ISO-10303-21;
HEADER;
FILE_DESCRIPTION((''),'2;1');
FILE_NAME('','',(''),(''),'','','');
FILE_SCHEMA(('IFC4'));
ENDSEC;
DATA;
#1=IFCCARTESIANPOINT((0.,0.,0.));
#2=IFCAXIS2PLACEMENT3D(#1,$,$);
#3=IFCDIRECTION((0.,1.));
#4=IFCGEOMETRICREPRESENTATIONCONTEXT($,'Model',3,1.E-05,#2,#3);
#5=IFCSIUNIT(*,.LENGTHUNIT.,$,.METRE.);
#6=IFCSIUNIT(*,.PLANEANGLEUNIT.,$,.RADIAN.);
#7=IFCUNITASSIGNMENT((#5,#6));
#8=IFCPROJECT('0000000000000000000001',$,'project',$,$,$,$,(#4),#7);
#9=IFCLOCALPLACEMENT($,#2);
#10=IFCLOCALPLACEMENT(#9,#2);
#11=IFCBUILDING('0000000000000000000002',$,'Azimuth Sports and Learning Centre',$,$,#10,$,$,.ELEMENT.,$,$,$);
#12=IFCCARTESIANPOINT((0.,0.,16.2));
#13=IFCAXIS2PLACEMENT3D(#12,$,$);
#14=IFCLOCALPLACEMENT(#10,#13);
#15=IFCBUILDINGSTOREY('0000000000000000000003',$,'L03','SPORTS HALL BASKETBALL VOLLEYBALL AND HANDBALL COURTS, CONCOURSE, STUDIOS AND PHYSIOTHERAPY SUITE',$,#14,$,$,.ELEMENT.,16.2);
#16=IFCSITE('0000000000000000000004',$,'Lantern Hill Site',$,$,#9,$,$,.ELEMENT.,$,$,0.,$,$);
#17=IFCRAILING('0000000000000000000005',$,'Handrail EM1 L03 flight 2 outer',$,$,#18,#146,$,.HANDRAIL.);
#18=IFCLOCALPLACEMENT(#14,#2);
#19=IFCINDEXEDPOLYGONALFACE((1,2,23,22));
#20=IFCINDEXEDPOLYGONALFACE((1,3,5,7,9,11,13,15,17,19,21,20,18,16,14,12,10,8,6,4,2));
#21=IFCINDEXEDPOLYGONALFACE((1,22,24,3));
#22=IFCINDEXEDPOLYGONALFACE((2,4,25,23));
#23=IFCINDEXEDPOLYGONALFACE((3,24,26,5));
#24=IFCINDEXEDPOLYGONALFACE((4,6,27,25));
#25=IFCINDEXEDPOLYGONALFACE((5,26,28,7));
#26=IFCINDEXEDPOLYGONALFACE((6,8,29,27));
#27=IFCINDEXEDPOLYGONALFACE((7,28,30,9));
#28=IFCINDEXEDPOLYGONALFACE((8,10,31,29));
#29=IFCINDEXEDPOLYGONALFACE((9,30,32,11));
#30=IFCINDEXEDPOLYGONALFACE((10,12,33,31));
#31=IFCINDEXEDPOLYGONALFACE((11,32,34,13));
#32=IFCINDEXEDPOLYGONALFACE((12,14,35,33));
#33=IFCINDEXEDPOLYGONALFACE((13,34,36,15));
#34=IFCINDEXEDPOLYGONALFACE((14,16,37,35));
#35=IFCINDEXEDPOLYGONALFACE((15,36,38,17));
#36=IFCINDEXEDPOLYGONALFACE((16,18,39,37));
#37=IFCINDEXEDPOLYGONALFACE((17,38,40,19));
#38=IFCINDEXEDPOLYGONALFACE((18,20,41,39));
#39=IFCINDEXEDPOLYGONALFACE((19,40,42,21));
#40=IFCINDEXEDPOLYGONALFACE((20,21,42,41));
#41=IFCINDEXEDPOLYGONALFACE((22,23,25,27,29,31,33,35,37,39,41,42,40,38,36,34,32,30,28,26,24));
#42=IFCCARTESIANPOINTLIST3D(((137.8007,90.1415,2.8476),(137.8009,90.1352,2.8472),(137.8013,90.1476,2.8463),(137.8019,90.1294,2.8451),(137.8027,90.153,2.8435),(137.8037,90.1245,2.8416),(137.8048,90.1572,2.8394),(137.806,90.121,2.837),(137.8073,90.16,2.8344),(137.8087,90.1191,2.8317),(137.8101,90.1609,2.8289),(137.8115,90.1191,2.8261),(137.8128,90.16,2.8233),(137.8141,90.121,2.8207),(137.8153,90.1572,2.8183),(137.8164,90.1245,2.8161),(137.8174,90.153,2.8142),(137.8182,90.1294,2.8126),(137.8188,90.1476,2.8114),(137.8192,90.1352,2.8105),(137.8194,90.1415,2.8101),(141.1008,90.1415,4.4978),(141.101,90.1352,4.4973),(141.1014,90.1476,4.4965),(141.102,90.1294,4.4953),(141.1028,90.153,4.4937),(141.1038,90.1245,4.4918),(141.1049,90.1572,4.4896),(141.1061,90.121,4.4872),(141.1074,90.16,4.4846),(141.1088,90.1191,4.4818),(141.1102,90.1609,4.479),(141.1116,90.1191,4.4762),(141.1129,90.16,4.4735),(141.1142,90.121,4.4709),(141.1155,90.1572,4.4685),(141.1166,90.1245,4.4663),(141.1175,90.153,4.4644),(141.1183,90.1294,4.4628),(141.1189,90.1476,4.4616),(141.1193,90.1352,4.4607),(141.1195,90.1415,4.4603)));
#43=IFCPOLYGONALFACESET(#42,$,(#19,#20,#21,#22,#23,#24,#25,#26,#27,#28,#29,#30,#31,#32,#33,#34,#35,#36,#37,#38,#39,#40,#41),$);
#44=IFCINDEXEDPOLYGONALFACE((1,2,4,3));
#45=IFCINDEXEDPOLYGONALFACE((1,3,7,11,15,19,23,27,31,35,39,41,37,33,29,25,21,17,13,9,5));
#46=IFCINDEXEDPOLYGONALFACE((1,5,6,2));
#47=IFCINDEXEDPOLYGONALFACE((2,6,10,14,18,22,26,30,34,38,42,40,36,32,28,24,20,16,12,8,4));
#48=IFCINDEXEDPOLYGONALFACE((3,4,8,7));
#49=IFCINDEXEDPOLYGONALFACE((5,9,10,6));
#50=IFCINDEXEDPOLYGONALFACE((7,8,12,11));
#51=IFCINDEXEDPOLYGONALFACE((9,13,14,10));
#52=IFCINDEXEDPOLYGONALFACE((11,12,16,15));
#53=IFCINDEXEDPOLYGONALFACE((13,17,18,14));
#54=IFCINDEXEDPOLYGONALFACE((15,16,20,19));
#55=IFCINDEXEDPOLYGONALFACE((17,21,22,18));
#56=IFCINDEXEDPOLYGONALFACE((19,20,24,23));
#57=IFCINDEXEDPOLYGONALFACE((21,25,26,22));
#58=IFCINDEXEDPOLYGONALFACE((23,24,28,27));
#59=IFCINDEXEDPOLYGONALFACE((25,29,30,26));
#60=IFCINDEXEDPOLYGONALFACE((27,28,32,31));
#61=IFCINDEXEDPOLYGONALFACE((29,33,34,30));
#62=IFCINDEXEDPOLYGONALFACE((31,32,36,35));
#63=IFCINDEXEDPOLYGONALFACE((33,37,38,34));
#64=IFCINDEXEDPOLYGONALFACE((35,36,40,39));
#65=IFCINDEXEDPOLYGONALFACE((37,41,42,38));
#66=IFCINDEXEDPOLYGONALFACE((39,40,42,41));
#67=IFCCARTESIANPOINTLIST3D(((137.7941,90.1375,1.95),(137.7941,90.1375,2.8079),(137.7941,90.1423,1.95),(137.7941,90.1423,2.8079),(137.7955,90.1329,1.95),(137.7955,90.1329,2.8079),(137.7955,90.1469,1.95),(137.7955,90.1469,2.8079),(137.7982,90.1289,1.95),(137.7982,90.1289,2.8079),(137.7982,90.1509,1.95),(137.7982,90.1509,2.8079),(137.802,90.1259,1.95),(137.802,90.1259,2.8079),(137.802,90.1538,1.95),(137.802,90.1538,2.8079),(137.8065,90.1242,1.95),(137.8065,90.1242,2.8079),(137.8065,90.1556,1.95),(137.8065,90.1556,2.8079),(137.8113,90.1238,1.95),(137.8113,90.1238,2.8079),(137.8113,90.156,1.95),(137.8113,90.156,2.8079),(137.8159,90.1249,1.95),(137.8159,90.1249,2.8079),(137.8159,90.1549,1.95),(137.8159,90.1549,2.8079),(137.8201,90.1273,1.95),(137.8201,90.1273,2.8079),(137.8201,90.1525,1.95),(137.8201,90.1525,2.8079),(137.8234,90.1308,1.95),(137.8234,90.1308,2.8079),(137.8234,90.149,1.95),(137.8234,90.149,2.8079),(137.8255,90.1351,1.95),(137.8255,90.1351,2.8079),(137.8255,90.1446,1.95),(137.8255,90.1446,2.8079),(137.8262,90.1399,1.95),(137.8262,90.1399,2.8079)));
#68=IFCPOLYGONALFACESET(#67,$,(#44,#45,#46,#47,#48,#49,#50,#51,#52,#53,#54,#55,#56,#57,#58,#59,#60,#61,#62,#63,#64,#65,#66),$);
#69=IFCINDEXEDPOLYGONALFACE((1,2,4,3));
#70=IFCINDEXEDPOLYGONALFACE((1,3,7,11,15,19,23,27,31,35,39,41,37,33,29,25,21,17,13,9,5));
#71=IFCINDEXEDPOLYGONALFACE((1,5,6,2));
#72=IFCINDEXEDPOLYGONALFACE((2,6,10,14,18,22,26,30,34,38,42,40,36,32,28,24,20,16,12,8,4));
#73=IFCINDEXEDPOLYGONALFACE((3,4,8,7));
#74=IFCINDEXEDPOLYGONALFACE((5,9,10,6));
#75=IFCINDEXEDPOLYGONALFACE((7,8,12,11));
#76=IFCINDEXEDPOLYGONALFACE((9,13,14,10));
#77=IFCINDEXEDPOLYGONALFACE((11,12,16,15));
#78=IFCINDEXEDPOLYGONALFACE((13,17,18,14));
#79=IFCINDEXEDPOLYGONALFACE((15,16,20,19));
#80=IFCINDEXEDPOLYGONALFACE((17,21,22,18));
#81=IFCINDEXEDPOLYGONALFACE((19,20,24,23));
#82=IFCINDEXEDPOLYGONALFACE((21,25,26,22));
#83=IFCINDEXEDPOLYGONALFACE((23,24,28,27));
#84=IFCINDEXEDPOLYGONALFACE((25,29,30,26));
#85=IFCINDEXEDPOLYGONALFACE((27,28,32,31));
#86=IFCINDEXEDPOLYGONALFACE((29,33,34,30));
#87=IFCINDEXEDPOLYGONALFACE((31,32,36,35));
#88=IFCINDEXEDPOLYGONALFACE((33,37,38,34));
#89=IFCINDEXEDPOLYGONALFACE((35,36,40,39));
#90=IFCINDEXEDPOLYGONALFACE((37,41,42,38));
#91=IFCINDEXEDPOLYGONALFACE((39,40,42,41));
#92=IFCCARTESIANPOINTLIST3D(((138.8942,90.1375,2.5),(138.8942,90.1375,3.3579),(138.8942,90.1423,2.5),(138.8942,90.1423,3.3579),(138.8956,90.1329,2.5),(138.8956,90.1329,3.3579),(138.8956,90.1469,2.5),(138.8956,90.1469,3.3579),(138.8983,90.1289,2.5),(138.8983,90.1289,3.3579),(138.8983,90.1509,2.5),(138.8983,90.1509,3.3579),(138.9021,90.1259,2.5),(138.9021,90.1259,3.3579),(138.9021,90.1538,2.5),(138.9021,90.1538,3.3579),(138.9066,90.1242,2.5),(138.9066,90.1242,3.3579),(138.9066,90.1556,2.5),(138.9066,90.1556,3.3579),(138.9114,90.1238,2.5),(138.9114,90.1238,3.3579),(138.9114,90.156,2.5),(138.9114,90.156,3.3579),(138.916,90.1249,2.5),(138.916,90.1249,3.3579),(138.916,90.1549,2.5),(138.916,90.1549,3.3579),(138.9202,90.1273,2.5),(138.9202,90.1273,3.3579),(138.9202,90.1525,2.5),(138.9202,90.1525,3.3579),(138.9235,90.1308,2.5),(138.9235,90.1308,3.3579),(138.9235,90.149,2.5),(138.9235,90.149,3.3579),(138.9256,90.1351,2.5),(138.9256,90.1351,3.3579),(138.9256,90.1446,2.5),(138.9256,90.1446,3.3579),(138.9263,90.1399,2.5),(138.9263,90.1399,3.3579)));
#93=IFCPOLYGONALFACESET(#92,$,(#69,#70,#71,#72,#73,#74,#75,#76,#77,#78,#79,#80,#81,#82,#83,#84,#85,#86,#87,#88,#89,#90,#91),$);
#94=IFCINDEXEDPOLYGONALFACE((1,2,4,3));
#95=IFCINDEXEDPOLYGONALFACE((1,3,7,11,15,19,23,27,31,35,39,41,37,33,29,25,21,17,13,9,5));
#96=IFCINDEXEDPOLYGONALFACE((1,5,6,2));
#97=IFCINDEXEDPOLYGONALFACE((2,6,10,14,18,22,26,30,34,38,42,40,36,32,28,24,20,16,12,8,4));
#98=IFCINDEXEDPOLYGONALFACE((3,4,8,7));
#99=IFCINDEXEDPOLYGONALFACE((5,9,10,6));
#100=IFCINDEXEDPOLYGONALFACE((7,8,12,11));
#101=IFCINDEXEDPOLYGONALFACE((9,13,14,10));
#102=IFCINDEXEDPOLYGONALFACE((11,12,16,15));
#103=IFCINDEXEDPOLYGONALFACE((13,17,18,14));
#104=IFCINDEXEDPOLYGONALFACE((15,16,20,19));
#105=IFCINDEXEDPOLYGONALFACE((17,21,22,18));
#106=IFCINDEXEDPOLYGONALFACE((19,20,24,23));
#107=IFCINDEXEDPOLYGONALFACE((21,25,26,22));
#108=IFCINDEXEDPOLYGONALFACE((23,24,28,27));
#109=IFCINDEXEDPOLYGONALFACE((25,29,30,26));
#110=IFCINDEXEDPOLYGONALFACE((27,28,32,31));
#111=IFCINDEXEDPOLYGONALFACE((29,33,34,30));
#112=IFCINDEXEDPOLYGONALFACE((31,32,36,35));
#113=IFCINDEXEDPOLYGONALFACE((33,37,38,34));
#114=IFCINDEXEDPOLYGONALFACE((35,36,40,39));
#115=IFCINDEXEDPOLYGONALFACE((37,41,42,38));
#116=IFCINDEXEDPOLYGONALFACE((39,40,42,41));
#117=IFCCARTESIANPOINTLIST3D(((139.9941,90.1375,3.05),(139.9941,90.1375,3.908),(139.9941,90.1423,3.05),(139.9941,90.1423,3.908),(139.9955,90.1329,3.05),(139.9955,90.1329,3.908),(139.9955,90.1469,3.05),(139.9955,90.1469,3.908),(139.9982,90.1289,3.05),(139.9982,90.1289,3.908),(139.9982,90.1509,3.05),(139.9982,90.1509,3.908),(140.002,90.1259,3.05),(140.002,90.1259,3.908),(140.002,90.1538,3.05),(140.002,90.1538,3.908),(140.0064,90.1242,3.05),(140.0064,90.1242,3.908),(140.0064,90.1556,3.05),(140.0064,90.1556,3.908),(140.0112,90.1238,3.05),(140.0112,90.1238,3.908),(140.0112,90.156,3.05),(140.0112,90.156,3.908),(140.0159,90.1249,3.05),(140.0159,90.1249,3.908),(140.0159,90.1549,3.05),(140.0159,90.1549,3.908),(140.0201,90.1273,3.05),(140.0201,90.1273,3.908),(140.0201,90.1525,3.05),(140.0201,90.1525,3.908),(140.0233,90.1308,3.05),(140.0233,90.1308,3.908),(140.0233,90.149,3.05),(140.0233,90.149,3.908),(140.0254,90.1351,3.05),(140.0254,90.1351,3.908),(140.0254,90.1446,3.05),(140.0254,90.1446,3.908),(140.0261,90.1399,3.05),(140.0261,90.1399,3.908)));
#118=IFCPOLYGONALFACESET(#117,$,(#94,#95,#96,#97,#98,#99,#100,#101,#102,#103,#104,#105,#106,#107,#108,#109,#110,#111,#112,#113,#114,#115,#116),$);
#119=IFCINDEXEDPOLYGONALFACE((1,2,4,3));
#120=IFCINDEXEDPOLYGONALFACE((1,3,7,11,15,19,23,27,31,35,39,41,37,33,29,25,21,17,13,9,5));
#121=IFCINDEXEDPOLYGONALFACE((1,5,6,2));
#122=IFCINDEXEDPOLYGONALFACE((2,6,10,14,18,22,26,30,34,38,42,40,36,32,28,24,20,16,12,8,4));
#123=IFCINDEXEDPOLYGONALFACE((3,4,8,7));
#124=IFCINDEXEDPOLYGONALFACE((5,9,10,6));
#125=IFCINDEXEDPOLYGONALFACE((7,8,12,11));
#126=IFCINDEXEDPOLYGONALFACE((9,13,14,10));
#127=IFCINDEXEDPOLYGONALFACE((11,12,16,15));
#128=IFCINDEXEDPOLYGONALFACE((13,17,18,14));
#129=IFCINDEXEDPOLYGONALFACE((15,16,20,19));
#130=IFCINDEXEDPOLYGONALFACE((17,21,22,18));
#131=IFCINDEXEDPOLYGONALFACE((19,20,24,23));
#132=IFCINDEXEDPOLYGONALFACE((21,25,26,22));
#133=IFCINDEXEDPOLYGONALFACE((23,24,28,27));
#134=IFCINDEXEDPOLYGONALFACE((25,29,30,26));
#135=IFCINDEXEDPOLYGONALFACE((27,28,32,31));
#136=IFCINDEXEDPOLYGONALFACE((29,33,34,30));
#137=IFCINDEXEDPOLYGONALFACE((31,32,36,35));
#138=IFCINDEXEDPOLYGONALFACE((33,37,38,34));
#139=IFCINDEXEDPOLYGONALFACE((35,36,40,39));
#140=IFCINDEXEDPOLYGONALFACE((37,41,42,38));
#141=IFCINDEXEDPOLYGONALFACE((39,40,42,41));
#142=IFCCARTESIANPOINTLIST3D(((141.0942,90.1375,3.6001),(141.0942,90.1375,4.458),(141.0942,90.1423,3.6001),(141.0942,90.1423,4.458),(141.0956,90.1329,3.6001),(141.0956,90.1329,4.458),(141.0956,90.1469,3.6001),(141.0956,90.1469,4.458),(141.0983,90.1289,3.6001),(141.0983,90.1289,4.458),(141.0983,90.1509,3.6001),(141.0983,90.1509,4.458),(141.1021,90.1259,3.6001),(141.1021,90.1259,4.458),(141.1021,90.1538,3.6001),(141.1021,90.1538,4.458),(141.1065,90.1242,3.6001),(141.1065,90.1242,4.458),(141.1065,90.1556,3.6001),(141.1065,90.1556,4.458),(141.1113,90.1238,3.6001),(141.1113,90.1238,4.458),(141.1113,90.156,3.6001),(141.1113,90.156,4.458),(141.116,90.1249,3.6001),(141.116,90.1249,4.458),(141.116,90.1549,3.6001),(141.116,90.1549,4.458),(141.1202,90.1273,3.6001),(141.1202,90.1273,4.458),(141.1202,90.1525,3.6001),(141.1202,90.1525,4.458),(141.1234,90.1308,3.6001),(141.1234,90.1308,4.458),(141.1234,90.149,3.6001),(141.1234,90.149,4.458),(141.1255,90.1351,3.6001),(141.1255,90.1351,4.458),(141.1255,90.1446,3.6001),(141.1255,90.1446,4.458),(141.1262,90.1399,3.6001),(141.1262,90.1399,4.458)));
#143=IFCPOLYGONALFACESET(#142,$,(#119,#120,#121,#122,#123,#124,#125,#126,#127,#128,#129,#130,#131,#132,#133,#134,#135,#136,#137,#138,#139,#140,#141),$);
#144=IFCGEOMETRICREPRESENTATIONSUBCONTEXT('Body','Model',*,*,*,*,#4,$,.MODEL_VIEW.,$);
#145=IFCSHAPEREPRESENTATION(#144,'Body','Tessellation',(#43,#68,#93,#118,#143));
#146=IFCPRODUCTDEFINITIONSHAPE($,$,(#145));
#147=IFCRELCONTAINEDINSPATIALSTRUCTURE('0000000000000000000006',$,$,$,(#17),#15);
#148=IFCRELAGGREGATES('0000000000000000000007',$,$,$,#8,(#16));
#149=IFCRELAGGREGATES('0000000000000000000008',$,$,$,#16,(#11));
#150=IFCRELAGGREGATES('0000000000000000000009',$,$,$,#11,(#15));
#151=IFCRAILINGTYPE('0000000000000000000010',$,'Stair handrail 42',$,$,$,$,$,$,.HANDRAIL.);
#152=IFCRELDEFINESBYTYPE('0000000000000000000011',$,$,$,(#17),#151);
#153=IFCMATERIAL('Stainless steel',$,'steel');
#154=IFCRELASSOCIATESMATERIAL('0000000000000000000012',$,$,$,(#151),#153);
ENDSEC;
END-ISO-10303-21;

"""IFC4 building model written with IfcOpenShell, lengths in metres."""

from ifc_helpers import new_model, si_unit, direction, frame, origin, origin_2d, place, context, subcontext, project, spatial, circle, extrude, material, type_object, element, save


model = new_model("IFC4")

# Units and contexts
model_context = context("Model", 3, precision=1e-05, world=origin(), true_north=direction((0.0, 1.0)))
body_context = subcontext(model_context, "Body", "Model", "MODEL_VIEW")
ifc_project = project(units=[si_unit("LENGTHUNIT", "METRE"), si_unit("PLANEANGLEUNIT", "RADIAN")], contexts=[model_context])

# Site, building, storey
site_placement = place(None, origin())
site = spatial("IfcSite", under=ifc_project, at=site_placement, Name="Lantern Hill Site", CompositionType="ELEMENT", RefElevation=0.0)
building_placement = place(site_placement, origin())
building = spatial("IfcBuilding", under=site, at=building_placement, Name="Azimuth Sports and Learning Centre", CompositionType="ELEMENT")
storey_placement = place(building_placement, frame((0.0, 0.0, 16.2)))
storey = spatial("IfcBuildingStorey", under=building, at=storey_placement, Name="L03", Description="SPORTS HALL BASKETBALL VOLLEYBALL AND HANDBALL COURTS, CONCOURSE, STUDIOS AND PHYSIOTHERAPY SUITE", CompositionType="ELEMENT", Elevation=16.2)

# Railing
ifc_material_1 = material(Name="Stainless steel", Category="steel")
railing_type_1 = type_object("IfcRailingType", Name="Stair handrail 42", PredefinedType="HANDRAIL", material=ifc_material_1)
for number, where, name in (
    (1, (137.8101, 90.1399, 1.95), "Handrail EM1 L03 flight 2 outer"),
):
    element("IfcRailing", number, at=place(storey_placement, frame(where)), inside=storey, type_object=railing_type_1, Name=name, PredefinedType="HANDRAIL", context=body_context, shape_type="SweptSolid", body=[
        extrude(circle(Radius=0.021, at=origin_2d()), frame((0.0, 0.0, 0.8789), z_axis=(0.894414, 0.0, 0.44724), x_axis=(0.0, 1.0, 0.0)), (0.0, 0.0, 1.0), 3.6897),
        extrude(circle(Radius=0.0161, at=origin_2d()), origin(), (0.0, 0.0, 1.0), 0.8579),
        extrude(circle(Radius=0.0161, at=origin_2d()), frame((1.1001, 0.0, 0.55)), (0.0, 0.0, 1.0), 0.8579),
        extrude(circle(Radius=0.0161, at=origin_2d()), frame((2.2, 0.0, 1.1001)), (0.0, 0.0, 1.0), 0.8579),
        extrude(circle(Radius=0.0161, at=origin_2d()), frame((3.3, 0.0, 1.6501)), (0.0, 0.0, 1.0), 0.8579),
    ])

save(model, "model.ifc")
